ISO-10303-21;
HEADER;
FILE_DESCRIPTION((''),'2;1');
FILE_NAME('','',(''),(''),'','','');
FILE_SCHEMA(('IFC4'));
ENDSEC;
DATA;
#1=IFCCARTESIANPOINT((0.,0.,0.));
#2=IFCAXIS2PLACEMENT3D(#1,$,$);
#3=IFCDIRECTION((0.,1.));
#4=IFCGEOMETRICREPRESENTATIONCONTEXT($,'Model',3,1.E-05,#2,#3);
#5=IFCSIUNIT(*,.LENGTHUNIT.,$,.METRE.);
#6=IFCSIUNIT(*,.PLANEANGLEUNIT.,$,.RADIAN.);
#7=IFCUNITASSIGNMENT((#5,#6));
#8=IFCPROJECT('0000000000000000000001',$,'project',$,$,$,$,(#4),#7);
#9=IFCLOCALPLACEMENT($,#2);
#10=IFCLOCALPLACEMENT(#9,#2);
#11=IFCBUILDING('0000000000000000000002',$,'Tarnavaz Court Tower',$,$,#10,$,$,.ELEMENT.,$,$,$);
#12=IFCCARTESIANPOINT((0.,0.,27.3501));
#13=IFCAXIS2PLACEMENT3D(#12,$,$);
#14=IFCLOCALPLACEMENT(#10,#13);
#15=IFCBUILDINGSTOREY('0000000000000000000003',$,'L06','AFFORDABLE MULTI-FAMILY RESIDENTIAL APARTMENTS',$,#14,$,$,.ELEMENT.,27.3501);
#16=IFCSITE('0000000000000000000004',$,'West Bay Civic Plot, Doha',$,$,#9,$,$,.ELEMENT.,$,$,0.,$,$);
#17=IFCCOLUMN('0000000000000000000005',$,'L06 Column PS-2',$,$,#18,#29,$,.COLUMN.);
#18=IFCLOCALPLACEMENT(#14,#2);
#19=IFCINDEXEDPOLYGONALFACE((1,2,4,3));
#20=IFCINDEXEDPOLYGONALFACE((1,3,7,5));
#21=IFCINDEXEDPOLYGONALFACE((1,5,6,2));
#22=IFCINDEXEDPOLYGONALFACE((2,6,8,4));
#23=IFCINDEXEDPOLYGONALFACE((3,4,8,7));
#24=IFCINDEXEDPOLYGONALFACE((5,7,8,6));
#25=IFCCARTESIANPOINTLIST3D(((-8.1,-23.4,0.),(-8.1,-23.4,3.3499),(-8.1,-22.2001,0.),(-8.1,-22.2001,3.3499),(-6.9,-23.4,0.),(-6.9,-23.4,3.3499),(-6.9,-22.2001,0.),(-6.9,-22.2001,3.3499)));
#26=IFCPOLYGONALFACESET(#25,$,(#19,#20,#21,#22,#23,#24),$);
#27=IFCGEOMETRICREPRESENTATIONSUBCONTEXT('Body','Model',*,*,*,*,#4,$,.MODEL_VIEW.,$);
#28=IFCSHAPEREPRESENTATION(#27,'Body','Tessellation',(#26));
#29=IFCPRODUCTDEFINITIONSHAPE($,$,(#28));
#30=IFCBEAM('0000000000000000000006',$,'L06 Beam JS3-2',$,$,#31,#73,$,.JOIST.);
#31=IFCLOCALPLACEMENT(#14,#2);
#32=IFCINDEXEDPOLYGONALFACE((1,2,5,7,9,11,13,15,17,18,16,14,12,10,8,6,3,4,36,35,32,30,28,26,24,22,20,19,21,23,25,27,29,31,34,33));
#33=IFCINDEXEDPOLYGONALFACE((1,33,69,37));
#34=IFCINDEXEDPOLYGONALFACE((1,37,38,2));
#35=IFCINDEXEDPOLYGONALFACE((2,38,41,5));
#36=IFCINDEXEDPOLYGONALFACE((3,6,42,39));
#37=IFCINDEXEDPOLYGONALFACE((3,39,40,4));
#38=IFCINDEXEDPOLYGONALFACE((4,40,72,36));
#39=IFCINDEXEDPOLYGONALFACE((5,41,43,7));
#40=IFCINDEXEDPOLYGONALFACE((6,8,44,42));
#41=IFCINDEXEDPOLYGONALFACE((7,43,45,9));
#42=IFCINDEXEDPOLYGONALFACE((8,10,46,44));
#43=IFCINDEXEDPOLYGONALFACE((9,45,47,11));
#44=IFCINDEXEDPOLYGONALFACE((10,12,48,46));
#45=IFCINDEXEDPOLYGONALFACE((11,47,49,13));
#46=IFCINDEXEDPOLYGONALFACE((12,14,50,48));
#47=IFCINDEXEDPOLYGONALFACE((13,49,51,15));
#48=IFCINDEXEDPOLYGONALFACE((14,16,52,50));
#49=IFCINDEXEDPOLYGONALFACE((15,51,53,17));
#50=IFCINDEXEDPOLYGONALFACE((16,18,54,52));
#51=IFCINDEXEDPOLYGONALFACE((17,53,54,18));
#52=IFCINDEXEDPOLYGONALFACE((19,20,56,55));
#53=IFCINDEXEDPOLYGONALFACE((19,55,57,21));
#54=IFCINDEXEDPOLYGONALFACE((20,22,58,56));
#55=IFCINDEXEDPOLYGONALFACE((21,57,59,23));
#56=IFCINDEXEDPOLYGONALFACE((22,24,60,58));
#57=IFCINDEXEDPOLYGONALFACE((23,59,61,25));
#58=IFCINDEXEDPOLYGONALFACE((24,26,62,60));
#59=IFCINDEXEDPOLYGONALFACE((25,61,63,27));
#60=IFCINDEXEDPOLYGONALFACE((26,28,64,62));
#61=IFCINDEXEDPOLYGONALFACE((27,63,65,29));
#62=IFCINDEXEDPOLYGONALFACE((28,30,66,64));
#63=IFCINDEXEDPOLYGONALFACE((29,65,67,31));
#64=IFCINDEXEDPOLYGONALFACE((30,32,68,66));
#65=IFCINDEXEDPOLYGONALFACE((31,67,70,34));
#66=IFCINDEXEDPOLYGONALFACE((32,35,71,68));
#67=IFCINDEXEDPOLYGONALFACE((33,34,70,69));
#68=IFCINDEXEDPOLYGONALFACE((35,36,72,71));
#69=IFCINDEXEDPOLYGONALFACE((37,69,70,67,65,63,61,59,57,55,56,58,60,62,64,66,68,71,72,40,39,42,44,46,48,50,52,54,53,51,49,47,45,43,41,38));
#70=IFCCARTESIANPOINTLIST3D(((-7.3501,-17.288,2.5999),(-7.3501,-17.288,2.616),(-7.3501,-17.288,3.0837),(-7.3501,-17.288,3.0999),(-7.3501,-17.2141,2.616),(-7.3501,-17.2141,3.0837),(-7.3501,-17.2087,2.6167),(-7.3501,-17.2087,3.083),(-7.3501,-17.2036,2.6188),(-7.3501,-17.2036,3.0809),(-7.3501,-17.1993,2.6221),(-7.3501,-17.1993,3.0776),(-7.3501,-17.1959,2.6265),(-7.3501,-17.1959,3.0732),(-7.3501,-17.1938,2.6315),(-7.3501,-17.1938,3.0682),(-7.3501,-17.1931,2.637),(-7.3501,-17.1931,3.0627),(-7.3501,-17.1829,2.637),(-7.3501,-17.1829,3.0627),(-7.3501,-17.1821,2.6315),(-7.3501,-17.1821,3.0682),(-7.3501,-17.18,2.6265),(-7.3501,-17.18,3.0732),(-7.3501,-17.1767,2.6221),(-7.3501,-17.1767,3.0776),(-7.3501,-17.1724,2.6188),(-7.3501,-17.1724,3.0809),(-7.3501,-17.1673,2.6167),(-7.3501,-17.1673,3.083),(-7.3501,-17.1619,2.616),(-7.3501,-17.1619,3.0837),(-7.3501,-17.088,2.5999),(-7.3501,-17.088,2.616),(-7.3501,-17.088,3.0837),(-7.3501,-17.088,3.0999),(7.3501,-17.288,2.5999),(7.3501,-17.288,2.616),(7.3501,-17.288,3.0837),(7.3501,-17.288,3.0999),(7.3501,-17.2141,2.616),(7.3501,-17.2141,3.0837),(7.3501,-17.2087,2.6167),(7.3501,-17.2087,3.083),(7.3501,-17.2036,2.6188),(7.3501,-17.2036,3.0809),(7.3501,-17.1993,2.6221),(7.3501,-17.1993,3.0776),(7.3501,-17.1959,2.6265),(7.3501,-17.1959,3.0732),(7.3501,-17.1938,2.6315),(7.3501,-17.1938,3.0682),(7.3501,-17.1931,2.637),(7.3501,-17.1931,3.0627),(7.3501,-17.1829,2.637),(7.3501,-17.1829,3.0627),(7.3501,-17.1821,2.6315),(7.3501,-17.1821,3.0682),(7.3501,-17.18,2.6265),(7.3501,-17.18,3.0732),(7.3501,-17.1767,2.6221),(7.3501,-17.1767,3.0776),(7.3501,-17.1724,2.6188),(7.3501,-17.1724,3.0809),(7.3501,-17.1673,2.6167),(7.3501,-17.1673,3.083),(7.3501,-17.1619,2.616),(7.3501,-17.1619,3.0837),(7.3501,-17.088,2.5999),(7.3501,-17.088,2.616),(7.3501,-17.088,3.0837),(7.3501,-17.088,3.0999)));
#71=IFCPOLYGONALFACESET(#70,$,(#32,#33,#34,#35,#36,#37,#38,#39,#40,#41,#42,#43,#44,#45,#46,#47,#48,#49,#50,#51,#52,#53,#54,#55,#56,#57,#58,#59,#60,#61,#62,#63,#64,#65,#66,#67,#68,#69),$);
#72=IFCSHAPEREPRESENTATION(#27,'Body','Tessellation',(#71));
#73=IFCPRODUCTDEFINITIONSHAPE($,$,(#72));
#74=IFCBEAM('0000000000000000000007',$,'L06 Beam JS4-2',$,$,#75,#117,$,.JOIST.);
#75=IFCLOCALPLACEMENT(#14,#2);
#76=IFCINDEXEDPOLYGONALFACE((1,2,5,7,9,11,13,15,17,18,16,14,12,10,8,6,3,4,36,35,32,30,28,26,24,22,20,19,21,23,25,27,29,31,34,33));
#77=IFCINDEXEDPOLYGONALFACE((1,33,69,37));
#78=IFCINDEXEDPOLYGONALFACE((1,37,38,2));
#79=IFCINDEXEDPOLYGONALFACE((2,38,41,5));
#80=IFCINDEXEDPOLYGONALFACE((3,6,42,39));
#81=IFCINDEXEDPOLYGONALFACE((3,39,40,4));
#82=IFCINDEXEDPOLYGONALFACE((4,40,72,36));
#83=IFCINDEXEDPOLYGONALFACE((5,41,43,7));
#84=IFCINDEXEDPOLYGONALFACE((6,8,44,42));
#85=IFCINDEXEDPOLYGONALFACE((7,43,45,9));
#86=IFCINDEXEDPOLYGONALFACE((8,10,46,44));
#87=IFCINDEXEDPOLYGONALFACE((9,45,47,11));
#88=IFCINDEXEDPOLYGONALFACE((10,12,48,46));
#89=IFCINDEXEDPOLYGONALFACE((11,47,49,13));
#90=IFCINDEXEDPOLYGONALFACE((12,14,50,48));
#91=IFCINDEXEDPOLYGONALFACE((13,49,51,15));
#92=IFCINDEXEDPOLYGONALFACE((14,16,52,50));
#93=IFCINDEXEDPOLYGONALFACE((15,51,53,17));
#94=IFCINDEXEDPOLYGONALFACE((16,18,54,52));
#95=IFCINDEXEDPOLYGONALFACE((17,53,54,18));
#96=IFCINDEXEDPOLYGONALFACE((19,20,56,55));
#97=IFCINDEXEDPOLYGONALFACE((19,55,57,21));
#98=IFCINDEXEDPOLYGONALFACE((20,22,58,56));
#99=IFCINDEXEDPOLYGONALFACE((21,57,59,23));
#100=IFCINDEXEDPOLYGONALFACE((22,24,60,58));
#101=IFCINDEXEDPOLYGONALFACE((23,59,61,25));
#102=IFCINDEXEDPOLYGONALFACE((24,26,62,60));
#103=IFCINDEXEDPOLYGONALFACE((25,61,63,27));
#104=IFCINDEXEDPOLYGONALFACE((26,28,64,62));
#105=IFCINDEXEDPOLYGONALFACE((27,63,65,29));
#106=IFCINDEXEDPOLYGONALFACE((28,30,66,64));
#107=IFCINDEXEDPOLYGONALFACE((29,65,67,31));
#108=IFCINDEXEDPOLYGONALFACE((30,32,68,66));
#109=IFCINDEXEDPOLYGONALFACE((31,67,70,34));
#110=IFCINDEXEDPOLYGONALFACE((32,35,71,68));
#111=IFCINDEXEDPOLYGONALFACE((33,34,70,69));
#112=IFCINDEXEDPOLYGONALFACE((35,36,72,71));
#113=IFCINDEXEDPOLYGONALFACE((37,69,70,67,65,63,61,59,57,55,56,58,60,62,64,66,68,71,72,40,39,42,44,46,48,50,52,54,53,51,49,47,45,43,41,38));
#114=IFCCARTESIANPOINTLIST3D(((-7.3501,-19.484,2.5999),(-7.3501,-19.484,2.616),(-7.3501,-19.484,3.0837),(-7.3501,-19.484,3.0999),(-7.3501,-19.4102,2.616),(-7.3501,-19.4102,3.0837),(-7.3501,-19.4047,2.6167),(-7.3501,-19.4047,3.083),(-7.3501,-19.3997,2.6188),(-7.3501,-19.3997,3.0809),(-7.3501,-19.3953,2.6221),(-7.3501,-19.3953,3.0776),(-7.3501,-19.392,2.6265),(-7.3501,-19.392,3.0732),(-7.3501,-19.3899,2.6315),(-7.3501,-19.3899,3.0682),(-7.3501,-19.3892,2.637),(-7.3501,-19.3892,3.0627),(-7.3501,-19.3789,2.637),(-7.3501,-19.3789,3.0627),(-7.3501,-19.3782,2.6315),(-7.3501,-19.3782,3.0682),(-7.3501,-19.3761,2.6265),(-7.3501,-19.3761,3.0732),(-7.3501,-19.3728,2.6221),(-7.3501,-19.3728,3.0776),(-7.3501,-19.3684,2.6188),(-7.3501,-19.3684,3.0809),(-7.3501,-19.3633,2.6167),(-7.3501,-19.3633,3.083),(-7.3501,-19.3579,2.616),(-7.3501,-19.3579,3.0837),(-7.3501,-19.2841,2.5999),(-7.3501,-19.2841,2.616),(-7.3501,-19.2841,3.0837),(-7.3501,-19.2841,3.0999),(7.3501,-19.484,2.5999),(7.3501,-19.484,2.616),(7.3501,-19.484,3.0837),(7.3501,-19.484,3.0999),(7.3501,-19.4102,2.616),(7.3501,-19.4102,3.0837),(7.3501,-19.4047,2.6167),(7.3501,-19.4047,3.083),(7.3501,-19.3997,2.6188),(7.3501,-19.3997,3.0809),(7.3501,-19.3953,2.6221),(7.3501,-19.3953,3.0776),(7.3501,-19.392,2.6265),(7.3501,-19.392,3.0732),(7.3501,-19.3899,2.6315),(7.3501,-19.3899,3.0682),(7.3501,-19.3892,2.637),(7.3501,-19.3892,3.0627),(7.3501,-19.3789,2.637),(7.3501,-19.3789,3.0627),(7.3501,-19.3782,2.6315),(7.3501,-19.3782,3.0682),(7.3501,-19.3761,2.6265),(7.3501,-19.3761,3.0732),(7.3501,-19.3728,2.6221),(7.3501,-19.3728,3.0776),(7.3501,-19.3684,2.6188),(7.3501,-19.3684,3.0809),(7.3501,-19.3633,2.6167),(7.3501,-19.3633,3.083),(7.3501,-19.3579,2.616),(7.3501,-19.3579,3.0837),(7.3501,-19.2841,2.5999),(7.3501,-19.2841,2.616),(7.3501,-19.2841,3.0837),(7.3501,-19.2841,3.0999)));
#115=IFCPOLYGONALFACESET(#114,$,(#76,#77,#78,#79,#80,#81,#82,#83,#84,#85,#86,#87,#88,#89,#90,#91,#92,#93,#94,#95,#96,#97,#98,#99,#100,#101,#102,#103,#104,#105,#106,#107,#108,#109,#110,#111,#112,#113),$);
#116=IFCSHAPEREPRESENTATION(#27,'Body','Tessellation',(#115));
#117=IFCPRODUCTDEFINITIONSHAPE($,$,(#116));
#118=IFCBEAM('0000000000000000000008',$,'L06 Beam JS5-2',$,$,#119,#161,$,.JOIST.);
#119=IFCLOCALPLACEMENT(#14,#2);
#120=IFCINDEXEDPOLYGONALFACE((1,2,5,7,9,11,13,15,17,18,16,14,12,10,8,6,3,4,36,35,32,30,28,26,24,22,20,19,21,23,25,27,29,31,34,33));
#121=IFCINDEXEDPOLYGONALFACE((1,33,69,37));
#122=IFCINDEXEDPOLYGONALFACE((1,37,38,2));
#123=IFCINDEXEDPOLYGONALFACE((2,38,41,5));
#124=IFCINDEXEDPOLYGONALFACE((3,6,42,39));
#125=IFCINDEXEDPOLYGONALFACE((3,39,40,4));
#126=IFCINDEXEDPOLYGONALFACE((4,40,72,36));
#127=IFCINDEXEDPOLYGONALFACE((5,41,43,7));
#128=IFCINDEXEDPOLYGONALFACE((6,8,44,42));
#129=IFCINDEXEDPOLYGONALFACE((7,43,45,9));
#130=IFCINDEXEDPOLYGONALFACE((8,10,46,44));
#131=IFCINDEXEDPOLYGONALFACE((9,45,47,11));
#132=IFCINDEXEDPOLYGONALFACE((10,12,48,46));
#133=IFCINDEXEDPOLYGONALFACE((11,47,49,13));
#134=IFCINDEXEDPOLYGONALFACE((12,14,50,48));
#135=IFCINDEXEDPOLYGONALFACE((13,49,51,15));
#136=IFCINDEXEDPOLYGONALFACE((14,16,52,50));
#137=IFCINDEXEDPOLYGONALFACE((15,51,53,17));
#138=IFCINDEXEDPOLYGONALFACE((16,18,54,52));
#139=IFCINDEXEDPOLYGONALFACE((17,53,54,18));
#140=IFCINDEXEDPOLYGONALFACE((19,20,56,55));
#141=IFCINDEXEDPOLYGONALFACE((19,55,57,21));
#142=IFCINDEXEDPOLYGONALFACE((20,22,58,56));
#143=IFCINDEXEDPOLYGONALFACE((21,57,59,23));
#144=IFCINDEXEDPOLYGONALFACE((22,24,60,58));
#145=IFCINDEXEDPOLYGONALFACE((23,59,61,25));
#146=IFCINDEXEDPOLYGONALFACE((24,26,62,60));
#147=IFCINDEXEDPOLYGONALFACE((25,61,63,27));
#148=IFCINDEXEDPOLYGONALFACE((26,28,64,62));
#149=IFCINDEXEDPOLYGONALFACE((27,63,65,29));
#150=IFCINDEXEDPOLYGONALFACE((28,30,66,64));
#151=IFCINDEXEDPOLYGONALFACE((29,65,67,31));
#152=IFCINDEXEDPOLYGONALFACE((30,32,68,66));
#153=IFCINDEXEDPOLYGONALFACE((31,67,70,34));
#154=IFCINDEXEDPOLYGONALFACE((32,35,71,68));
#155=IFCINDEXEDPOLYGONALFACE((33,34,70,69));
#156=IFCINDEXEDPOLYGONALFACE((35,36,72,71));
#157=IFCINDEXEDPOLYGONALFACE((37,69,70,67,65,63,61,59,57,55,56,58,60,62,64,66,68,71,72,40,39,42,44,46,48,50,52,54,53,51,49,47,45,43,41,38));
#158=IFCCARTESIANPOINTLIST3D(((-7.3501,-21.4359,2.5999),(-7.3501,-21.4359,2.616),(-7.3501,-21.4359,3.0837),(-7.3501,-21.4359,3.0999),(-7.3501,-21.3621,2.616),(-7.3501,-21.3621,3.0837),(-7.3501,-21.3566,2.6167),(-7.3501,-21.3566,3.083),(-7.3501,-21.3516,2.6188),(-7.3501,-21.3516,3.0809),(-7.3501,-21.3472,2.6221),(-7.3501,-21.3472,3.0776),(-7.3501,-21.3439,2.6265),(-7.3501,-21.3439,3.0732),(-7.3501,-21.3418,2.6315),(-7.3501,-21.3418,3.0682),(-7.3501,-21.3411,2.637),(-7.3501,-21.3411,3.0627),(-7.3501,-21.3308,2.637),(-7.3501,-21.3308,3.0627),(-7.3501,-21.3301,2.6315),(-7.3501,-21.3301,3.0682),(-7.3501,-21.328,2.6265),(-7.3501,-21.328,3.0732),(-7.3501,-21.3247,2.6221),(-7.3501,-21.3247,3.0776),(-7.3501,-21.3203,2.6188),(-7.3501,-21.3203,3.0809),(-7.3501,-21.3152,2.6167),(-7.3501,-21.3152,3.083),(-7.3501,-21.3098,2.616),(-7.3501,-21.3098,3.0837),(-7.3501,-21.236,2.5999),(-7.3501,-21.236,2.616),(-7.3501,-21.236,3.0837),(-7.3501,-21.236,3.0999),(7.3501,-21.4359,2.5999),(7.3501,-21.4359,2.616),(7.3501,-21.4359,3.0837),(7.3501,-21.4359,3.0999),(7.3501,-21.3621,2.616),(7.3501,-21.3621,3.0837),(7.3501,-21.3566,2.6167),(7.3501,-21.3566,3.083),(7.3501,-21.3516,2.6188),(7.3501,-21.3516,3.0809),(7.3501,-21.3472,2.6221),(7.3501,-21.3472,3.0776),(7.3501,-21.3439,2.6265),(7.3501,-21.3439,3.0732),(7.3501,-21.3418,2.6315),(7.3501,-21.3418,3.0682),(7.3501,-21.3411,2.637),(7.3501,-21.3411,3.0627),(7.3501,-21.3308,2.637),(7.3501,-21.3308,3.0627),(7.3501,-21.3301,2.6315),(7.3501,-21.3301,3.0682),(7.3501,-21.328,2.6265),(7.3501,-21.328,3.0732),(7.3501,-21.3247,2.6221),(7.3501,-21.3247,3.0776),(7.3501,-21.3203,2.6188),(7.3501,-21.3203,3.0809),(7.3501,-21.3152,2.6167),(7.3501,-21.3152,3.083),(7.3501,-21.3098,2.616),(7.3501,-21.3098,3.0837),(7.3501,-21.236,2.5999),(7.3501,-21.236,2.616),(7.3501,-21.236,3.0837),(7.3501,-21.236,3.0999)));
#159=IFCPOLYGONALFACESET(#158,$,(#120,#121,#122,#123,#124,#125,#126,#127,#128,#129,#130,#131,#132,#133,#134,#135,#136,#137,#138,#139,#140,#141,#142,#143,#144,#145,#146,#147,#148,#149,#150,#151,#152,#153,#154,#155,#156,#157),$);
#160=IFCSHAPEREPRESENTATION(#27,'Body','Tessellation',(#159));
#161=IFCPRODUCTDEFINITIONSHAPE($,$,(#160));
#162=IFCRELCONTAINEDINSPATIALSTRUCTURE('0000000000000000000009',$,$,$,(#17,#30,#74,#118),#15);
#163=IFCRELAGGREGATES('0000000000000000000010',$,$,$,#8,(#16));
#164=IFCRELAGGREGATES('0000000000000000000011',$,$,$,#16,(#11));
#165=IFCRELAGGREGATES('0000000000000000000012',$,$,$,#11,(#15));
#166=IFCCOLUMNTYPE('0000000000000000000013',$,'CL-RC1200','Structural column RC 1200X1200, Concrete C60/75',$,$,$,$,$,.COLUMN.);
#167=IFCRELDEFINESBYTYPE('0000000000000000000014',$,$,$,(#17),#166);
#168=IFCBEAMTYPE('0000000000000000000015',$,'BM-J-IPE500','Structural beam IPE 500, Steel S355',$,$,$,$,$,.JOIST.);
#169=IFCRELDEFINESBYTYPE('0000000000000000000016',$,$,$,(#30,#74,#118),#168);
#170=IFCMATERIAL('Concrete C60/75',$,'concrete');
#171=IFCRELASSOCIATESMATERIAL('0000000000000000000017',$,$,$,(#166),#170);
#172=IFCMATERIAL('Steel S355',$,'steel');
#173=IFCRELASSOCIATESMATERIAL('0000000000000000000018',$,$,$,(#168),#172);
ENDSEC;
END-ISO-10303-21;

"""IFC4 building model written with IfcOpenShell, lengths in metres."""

from ifc_helpers import new_model, si_unit, direction, frame, origin, origin_2d, place, context, subcontext, project, spatial, rectangle, i_section, extrude, material, material_profile, profile_set, type_object, element, save


model = new_model("IFC4")

# Units and contexts
model_context = context("Model", 3, precision=1e-05, world=origin(), true_north=direction((0.0, 1.0)))
body_context = subcontext(model_context, "Body", "Model", "MODEL_VIEW")
ifc_project = project(units=[si_unit("LENGTHUNIT", "METRE"), si_unit("PLANEANGLEUNIT", "RADIAN")], contexts=[model_context])

# Site, building, storey
site_placement = place(None, origin())
site = spatial("IfcSite", under=ifc_project, at=site_placement, Name="West Bay Civic Plot, Doha", CompositionType="ELEMENT", RefElevation=0.0)
building_placement = place(site_placement, origin())
building = spatial("IfcBuilding", under=site, at=building_placement, Name="Tarnavaz Court Tower", CompositionType="ELEMENT")
storey_placement = place(building_placement, frame((0.0, 0.0, 27.3501)))
storey = spatial("IfcBuildingStorey", under=building, at=storey_placement, Name="L06", Description="AFFORDABLE MULTI-FAMILY RESIDENTIAL APARTMENTS", CompositionType="ELEMENT", Elevation=27.3501)

# Column
ifc_material_1 = material(Name="Concrete C60/75", Category="concrete")
ifc_material_profile_1 = material_profile(ifc_material_1, rectangle(XDim=1.2, YDim=1.2, at=origin_2d()), Name="RC 1200X1200")
ifc_profile_set_1 = profile_set([ifc_material_profile_1], Name="Concrete C60/75")
column_type = type_object("IfcColumnType", Name="CL-RC1200", Description="Structural column RC 1200X1200, Concrete C60/75", PredefinedType="COLUMN", material=ifc_profile_set_1)
column_placement = place(storey_placement, frame((-7.5, -22.8, 0.0), z_axis=(0.0, 0.0, 1.0), x_axis=(1.0, 0.0, 0.0)))
element("IfcColumn", 1, at=column_placement, inside=storey, type_object=column_type, Name="L06 Column PS-2", PredefinedType="COLUMN", context=body_context, shape_type="SweptSolid", body=[
    extrude(rectangle(XDim=1.2, YDim=1.2, at=origin_2d()), origin(), (0.0, 0.0, 1.0), 3.3499),
])

# Beams
ifc_material_2 = material(Name="Steel S355", Category="steel")
ifc_material_profile_2 = material_profile(ifc_material_2, i_section(OverallWidth=0.2, OverallDepth=0.5, WebThickness=0.0103, FlangeThickness=0.0161, FilletRadius=0.021, at=origin_2d()), Name="IPE 500")
ifc_profile_set_2 = profile_set([ifc_material_profile_2], Name="Steel S355")
beam_type_1 = type_object("IfcBeamType", Name="BM-J-IPE500", Description="Structural beam IPE 500, Steel S355", PredefinedType="JOIST", material=ifc_profile_set_2)
for number, where, z_axis, x_axis, name in (
    (2, (-7.3501, -17.188, 2.8499), (1.0, 0.0, 0.0), (0.0, 1.0, 0.0), "L06 Beam JS3-2"),
    (3, (-7.3501, -19.384, 2.8499), (1.0, 0.0, 0.0), (0.0, 1.0, 0.0), "L06 Beam JS4-2"),
    (4, (-7.3501, -21.3359, 2.8499), (1.0, 0.0, 0.0), (0.0, 1.0, 0.0), "L06 Beam JS5-2"),
):
    element("IfcBeam", number, at=place(storey_placement, frame(where, z_axis=z_axis, x_axis=x_axis)), inside=storey, type_object=beam_type_1, Name=name, PredefinedType="JOIST", context=body_context, shape_type="SweptSolid", body=[
        extrude(i_section(OverallWidth=0.2, OverallDepth=0.5, WebThickness=0.0103, FlangeThickness=0.0161, FilletRadius=0.021, at=origin_2d()), origin(), (0.0, 0.0, 1.0), 14.7002),
    ])

save(model, "model.ifc")
